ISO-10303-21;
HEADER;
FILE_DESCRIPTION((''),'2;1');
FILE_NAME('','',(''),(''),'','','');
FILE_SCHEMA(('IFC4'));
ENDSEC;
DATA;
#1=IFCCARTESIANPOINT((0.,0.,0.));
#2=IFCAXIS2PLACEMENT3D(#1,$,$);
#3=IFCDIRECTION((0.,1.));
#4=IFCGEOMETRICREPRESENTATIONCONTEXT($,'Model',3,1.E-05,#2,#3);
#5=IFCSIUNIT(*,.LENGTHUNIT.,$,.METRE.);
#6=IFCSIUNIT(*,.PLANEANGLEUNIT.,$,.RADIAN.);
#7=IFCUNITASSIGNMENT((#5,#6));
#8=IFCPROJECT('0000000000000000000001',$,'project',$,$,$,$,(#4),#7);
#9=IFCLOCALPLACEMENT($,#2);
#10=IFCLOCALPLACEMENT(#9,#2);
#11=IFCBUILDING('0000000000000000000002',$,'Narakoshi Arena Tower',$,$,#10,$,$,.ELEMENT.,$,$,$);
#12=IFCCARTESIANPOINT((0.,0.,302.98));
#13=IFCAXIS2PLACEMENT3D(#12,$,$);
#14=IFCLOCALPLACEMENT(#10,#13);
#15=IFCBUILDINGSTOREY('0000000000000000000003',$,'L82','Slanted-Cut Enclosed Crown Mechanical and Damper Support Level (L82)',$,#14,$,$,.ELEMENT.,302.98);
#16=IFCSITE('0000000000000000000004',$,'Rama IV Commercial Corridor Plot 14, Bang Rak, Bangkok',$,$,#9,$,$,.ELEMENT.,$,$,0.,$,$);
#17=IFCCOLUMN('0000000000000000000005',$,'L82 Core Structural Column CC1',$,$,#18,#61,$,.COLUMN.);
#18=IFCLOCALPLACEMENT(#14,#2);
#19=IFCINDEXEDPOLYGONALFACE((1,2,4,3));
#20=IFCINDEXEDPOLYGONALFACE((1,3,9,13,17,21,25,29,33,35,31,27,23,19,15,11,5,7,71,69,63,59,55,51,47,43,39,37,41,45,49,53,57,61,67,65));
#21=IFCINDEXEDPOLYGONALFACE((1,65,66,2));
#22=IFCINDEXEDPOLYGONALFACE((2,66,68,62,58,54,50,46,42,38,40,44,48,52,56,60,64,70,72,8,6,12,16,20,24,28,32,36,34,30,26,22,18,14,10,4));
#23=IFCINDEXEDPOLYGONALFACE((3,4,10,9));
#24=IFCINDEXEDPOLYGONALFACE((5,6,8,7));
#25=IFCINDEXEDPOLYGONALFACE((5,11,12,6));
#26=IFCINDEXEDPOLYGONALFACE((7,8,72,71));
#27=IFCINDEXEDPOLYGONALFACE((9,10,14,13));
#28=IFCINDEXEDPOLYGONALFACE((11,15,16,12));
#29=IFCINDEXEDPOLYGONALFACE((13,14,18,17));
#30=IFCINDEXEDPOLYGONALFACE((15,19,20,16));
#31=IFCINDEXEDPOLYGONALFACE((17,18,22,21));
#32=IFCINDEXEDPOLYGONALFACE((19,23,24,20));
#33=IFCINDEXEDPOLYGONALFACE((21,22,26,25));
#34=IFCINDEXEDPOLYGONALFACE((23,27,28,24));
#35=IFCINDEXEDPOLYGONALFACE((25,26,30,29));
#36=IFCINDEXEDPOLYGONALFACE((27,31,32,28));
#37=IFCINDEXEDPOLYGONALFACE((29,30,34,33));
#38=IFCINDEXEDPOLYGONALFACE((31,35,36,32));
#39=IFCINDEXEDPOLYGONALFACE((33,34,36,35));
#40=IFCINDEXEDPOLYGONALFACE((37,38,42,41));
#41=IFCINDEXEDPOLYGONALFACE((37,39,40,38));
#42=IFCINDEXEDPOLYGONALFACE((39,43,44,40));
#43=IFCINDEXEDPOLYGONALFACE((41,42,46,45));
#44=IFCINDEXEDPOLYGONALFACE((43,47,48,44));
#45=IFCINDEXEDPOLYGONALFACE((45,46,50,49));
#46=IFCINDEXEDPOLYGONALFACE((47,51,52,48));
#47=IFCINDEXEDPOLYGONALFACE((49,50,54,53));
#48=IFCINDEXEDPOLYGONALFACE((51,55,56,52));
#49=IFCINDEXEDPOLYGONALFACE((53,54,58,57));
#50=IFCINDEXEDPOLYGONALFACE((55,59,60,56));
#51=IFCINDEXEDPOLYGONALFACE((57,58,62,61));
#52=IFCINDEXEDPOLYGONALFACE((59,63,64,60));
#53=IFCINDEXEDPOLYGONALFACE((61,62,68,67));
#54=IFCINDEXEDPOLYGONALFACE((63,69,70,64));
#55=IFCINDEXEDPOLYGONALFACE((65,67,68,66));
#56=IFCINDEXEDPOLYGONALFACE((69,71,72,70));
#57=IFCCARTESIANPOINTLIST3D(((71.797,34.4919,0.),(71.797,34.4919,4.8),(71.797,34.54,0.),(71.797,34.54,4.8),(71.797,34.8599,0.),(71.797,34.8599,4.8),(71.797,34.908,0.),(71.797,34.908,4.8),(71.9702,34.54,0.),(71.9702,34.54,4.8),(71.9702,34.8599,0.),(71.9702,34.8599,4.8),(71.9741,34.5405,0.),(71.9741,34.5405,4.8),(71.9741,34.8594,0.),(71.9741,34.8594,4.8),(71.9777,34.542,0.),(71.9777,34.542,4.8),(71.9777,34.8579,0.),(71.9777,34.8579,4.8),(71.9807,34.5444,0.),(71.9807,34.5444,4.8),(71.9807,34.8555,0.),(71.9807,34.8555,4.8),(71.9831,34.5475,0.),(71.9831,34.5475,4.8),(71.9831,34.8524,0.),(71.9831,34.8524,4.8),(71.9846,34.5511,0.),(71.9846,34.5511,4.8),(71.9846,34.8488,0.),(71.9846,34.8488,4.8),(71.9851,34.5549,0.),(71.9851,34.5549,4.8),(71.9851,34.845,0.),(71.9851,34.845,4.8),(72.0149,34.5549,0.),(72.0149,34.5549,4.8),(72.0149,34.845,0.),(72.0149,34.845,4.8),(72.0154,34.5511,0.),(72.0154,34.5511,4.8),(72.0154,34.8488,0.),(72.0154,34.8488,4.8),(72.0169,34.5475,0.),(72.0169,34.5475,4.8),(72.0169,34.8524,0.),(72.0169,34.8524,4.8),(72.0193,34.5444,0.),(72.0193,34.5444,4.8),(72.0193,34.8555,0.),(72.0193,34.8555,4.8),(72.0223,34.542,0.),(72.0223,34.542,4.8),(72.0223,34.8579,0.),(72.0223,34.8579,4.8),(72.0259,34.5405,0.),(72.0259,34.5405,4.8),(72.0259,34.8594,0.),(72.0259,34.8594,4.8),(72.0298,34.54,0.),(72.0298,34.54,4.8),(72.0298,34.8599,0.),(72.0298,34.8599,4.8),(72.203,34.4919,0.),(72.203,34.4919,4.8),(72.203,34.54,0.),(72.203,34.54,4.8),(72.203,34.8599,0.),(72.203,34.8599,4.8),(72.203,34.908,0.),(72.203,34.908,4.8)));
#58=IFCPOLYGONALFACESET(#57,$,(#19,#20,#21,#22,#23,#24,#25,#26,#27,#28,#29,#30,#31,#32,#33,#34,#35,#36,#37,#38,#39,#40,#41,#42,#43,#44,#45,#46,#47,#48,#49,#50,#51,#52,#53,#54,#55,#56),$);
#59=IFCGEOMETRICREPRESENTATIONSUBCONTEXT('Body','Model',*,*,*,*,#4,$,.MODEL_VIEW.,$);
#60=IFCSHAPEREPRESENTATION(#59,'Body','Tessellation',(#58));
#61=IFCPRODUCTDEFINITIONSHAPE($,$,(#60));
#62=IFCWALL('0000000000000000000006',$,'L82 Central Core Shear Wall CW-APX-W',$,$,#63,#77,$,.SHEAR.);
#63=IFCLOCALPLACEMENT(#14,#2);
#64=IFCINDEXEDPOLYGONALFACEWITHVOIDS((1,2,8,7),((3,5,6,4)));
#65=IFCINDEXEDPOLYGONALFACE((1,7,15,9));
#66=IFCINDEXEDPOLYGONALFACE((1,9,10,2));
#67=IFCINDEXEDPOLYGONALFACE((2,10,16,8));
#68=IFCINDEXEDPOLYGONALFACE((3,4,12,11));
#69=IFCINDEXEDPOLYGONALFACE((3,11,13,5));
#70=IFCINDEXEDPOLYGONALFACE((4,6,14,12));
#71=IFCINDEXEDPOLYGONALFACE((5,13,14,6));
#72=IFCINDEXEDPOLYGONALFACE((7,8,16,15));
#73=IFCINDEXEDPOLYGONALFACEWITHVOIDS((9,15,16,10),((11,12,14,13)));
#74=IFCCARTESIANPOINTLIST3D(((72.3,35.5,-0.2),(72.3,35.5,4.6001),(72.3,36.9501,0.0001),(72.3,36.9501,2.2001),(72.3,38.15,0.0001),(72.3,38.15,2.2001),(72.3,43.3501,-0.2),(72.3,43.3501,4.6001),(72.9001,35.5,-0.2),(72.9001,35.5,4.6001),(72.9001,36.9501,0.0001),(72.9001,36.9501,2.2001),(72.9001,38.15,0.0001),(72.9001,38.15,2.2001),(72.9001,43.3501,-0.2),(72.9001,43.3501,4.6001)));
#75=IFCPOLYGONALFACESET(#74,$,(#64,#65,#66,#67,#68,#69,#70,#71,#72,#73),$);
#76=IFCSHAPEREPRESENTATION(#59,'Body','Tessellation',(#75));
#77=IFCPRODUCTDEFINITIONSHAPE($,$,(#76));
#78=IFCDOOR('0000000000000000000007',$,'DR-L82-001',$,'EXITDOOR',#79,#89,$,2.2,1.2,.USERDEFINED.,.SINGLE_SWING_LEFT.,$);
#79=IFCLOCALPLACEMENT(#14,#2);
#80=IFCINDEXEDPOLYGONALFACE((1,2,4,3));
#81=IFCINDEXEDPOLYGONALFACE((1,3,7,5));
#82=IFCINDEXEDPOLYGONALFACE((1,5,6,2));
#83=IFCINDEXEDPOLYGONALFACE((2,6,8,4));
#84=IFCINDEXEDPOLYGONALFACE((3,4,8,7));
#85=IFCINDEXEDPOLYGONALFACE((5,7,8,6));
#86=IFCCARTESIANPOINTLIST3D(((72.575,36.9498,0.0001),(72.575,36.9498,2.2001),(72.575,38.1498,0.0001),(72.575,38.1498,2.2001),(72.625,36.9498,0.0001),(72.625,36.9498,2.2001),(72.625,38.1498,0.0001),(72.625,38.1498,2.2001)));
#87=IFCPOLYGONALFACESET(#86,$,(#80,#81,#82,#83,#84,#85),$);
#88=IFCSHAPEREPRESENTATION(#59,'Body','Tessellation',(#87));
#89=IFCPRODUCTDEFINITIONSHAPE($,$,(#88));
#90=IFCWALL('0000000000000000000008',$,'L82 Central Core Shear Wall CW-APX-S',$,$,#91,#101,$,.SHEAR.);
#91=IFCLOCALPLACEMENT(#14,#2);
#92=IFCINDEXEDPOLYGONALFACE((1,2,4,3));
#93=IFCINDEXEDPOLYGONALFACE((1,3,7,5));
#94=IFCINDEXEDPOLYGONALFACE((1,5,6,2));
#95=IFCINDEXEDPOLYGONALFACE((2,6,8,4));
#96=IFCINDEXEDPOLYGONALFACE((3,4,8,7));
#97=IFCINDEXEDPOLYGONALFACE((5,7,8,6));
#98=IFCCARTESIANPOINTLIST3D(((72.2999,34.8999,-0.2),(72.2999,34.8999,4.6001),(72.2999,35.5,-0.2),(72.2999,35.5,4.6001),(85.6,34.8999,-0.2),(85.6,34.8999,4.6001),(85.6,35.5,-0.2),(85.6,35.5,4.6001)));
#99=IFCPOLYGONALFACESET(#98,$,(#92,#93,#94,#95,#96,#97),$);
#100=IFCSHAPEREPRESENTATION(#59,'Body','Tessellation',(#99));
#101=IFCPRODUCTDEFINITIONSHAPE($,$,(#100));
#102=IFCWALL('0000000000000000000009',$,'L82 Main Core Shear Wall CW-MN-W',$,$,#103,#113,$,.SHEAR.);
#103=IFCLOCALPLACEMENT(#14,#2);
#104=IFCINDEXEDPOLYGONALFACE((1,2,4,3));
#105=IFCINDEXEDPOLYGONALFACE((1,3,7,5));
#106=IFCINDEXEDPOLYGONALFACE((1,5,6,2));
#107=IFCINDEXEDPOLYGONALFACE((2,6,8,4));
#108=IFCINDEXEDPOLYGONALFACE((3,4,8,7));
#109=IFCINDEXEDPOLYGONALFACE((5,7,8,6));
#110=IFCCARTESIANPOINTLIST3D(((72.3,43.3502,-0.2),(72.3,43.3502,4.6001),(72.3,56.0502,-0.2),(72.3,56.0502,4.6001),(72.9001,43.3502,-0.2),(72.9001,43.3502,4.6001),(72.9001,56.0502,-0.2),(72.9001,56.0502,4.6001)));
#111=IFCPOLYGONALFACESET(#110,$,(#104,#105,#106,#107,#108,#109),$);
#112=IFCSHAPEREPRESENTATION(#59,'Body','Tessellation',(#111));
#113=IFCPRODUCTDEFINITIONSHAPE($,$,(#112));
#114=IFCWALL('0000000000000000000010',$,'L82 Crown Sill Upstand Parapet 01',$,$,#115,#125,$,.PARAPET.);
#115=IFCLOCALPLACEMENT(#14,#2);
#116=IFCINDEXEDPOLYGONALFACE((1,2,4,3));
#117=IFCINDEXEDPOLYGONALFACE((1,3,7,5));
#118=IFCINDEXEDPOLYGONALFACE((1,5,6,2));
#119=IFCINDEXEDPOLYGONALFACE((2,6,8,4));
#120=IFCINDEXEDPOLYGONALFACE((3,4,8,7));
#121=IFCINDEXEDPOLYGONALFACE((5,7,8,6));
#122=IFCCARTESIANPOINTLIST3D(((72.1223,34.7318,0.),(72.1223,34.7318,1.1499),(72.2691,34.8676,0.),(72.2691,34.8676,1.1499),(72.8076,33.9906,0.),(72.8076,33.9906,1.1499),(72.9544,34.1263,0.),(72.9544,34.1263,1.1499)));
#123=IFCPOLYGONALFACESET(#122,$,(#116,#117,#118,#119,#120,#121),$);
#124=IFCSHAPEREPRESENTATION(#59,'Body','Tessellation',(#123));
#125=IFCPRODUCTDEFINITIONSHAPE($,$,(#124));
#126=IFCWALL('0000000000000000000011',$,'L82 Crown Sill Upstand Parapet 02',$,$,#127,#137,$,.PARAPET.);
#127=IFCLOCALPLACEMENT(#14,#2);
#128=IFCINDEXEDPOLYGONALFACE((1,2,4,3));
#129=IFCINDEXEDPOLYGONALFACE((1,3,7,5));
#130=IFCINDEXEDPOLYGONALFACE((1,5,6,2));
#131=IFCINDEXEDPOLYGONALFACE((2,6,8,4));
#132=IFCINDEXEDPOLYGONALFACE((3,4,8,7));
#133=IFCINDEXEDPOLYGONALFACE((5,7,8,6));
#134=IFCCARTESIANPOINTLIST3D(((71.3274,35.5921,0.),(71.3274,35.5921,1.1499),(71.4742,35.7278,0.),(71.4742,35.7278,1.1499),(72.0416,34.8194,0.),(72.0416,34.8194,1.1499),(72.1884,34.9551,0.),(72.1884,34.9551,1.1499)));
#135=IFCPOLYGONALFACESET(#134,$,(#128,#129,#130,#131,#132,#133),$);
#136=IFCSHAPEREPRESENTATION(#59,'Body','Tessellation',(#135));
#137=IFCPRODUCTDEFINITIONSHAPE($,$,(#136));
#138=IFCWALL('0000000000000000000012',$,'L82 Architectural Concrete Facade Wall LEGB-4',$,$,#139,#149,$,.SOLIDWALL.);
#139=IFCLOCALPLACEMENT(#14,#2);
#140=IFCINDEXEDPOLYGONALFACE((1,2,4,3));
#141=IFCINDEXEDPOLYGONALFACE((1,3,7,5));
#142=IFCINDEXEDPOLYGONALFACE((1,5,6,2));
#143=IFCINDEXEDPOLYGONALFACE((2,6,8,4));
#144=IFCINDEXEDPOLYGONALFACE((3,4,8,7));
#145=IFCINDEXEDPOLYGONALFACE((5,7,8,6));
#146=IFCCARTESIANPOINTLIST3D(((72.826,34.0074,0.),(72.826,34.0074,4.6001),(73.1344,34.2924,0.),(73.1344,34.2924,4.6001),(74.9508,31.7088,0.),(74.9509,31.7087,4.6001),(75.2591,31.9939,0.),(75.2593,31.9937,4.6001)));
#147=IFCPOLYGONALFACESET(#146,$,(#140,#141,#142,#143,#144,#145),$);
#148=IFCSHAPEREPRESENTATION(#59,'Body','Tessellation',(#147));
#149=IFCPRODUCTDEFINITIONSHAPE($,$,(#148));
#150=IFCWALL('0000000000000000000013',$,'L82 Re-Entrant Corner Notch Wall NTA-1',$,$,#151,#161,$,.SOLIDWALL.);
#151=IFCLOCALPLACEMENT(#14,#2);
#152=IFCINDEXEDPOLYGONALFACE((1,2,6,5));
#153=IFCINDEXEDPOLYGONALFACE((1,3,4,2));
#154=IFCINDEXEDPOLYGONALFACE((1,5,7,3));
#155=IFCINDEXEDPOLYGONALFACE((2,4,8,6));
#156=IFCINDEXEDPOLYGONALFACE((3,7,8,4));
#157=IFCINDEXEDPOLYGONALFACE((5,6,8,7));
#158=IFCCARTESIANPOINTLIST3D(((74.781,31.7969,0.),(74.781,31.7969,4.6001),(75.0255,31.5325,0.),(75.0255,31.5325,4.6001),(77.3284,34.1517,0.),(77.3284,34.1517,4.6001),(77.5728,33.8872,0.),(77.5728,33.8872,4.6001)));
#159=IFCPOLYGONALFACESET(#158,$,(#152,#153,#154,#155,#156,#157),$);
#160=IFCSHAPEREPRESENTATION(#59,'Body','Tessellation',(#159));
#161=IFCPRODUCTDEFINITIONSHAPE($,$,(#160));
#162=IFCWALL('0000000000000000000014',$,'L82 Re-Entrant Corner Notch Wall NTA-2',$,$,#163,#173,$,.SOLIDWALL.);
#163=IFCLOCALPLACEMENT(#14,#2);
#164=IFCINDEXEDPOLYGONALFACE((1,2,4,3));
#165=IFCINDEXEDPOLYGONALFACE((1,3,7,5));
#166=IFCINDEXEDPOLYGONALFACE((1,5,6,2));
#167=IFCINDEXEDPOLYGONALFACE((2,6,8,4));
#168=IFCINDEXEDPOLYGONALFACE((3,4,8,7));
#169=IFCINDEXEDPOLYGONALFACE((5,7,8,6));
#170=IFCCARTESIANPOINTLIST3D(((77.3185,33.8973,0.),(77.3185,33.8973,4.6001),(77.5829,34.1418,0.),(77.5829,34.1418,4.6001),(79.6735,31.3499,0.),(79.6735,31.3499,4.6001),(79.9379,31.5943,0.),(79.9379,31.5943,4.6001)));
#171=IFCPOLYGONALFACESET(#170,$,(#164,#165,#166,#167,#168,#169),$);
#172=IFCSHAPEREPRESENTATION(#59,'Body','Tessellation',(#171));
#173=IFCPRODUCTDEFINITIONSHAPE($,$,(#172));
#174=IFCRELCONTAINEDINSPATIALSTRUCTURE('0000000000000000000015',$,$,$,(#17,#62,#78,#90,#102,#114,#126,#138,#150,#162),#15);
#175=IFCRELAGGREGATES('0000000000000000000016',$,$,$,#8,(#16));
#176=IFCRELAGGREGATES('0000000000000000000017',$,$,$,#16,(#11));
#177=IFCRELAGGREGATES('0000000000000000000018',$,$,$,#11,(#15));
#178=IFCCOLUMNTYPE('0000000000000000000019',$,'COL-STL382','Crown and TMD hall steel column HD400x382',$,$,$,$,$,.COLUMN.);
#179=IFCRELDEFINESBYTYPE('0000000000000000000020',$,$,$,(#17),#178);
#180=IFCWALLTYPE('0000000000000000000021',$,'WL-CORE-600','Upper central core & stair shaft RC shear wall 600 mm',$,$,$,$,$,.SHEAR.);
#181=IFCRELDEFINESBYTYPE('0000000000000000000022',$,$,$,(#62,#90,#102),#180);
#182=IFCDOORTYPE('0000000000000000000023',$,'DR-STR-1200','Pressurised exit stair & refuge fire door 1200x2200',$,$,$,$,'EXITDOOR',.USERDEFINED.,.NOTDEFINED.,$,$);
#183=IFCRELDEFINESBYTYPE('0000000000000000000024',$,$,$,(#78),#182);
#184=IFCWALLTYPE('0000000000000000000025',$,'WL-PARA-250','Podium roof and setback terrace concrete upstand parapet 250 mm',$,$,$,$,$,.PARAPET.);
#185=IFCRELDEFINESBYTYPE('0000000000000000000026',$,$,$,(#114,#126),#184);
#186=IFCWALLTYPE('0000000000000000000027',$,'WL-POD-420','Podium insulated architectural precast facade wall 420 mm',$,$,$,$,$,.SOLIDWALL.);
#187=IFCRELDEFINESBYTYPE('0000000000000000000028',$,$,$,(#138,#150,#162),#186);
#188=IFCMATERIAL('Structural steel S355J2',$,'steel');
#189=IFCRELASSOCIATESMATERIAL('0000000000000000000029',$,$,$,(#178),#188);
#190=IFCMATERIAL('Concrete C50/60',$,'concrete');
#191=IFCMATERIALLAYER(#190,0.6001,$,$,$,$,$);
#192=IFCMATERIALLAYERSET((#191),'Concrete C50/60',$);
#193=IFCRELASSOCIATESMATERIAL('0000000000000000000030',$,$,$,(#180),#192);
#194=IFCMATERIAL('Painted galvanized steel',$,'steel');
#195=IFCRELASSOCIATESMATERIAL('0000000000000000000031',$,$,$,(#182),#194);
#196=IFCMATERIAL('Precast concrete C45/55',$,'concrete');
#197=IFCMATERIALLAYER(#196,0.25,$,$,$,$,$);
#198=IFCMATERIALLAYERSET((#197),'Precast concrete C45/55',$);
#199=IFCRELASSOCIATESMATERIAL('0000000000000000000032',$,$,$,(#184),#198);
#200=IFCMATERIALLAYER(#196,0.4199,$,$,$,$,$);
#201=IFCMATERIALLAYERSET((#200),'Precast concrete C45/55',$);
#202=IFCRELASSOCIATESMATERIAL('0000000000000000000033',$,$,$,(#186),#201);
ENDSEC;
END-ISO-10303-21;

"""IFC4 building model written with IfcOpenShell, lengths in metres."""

from ifc_helpers import new_model, si_unit, direction, frame, frame_2d, origin, origin_2d, place, context, subcontext, project, spatial, polyline, rectangle, i_section, outline, extrude, material, layer, layer_set, material_profile, profile_set, type_object, element, fill, save


model = new_model("IFC4")

# Units and contexts
model_context = context("Model", 3, precision=1e-05, world=origin(), true_north=direction((0.0, 1.0)))
body_context = subcontext(model_context, "Body", "Model", "MODEL_VIEW")
ifc_project = project(units=[si_unit("LENGTHUNIT", "METRE"), si_unit("PLANEANGLEUNIT", "RADIAN")], contexts=[model_context])

# Site, building, storey
site_placement = place(None, origin())
site = spatial("IfcSite", under=ifc_project, at=site_placement, Name="Rama IV Commercial Corridor Plot 14, Bang Rak, Bangkok", CompositionType="ELEMENT", RefElevation=0.0)
building_placement = place(site_placement, origin())
building = spatial("IfcBuilding", under=site, at=building_placement, Name="Narakoshi Arena Tower", CompositionType="ELEMENT")
storey_placement = place(building_placement, frame((0.0, 0.0, 302.98)))
storey = spatial("IfcBuildingStorey", under=building, at=storey_placement, Name="L82", Description="Slanted-Cut Enclosed Crown Mechanical and Damper Support Level (L82)", CompositionType="ELEMENT", Elevation=302.98)

# Column
ifc_material_1 = material(Name="Structural steel S355J2", Category="steel")
ifc_material_profile = material_profile(ifc_material_1, i_section(OverallWidth=0.406, OverallDepth=0.416, WebThickness=0.0298, FlangeThickness=0.0481, FilletRadius=0.0149, at=origin_2d()), Name="HD400x382")
ifc_profile_set = profile_set([ifc_material_profile], Name="Structural steel S355J2")
column_type = type_object("IfcColumnType", Name="COL-STL382", Description="Crown and TMD hall steel column HD400x382", PredefinedType="COLUMN", material=ifc_profile_set)
column_placement = place(storey_placement, frame((72.0, 34.7, 0.0), z_axis=(0.0, 0.0, 1.0), x_axis=(1.0, 0.0, 0.0)))
element("IfcColumn", 1, at=column_placement, inside=storey, type_object=column_type, Name="L82 Core Structural Column CC1", PredefinedType="COLUMN", context=body_context, shape_type="SweptSolid", body=[
    extrude(i_section(OverallWidth=0.406, OverallDepth=0.416, WebThickness=0.0298, FlangeThickness=0.0481, FilletRadius=0.0149, at=origin_2d()), origin(), (0.0, 0.0, 1.0), 4.8),
])

# Wall, opening, door
ifc_material_2 = material(Name="Concrete C50/60", Category="concrete")
ifc_layer_1 = layer(ifc_material_2, 0.6001)
ifc_layer_set_1 = layer_set([ifc_layer_1], Name="Concrete C50/60")
wall_type_1 = type_object("IfcWallType", Name="WL-CORE-600", Description="Upper central core & stair shaft RC shear wall 600 mm", PredefinedType="SHEAR", material=ifc_layer_set_1)
wall_1_placement = place(storey_placement, frame((72.6001, 35.5, -0.2), z_axis=(0.0, 0.0, 1.0), x_axis=(0.0, 1.0, 0.0)))
wall_1 = element("IfcWall", 2, at=wall_1_placement, inside=storey, type_object=wall_type_1, Name="L82 Central Core Shear Wall CW-APX-W", PredefinedType="SHEAR", context=body_context, shape_type="SweptSolid", body=[
    extrude(rectangle(XDim=7.8501, YDim=0.6001, at=frame_2d((3.925, 0.0))), origin(), (0.0, 0.0, 1.0), 4.8),
])
opening_placement = place(wall_1_placement, frame((1.45, 0.0, 0.2)))
opening = element("IfcOpeningElement", 3, at=opening_placement, cuts=wall_1, PredefinedType="OPENING", context=body_context, shape_type="SweptSolid", body=[
    extrude(rectangle(XDim=1.2, YDim=2.2, at=frame_2d((0.6001, 1.1001))), frame((0.0, 0.3101, 0.0), z_axis=(0.0, -1.0, 0.0), x_axis=(1.0, 0.0, 0.0)), (0.0, 0.0, 1.0), 0.6201),
])
ifc_material_3 = material(Name="Painted galvanized steel", Category="steel")
door_type = type_object("IfcDoorType", Name="DR-STR-1200", Description="Pressurised exit stair & refuge fire door 1200x2200", ElementType="EXITDOOR", OperationType="NOTDEFINED", PredefinedType="USERDEFINED", material=ifc_material_3)
door_placement = place(opening_placement, frame((1.2, 0.0, 0.0), z_axis=(0.0, 0.0, 1.0), x_axis=(-1.0, 0.0, 0.0)))
door = element("IfcDoor", 4, at=door_placement, inside=storey, type_object=door_type, Name="DR-L82-001", ObjectType="EXITDOOR", OperationType="SINGLE_SWING_LEFT", OverallHeight=2.2, OverallWidth=1.2, PredefinedType="USERDEFINED", context=body_context, shape_type="SweptSolid", body=[
    extrude(rectangle(XDim=1.2, YDim=2.2, at=frame_2d((0.6001, 1.1001))), frame((0.0, 0.0249, 0.0), z_axis=(0.0, -1.0, 0.0), x_axis=(1.0, 0.0, 0.0)), (0.0, 0.0, 1.0), 0.05),
])
fill(opening, door)

# Walls
wall_2_placement = place(storey_placement, frame((72.3, 35.2, -0.2), z_axis=(0.0, 0.0, 1.0), x_axis=(1.0, 0.0, 0.0)))
element("IfcWall", 5, at=wall_2_placement, inside=storey, type_object=wall_type_1, Name="L82 Central Core Shear Wall CW-APX-S", PredefinedType="SHEAR", context=body_context, shape_type="SweptSolid", body=[
    extrude(rectangle(XDim=13.3, YDim=0.6001, at=frame_2d((6.6499, 0.0))), origin(), (0.0, 0.0, 1.0), 4.8),
])
wall_3_placement = place(storey_placement, frame((72.6001, 43.3501, -0.2), z_axis=(0.0, 0.0, 1.0), x_axis=(0.0, 1.0, 0.0)))
element("IfcWall", 6, at=wall_3_placement, inside=storey, type_object=wall_type_1, Name="L82 Main Core Shear Wall CW-MN-W", PredefinedType="SHEAR", context=body_context, shape_type="SweptSolid", body=[
    extrude(rectangle(XDim=12.7, YDim=0.6001, at=frame_2d((6.3501, 0.0))), origin(), (0.0, 0.0, 1.0), 4.8),
])
ifc_material_4 = material(Name="Precast concrete C45/55", Category="concrete")
ifc_layer_2 = layer(ifc_material_4, 0.25)
ifc_layer_set_2 = layer_set([ifc_layer_2], Name="Precast concrete C45/55")
wall_type_2 = type_object("IfcWallType", Name="WL-PARA-250", Description="Podium roof and setback terrace concrete upstand parapet 250 mm", PredefinedType="PARAPET", material=ifc_layer_set_2)
wall_4_placement = place(storey_placement, frame((72.8811, 34.0583, 0.0), z_axis=(0.0, 0.0, 1.0), x_axis=(-0.678873, 0.734256, 0.0)))
element("IfcWall", 7, at=wall_4_placement, inside=storey, type_object=wall_type_2, Name="L82 Crown Sill Upstand Parapet 01", PredefinedType="PARAPET", context=body_context, shape_type="SweptSolid", body=[
    extrude(rectangle(XDim=1.0095, YDim=0.2, at=frame_2d((0.5049, 0.0))), origin(), (0.0, 0.0, 1.0), 1.1499),
])
wall_5_placement = place(storey_placement, frame((72.115, 34.8872, 0.0), z_axis=(0.0, 0.0, 1.0), x_axis=(-0.678714, 0.734403, 0.0)))
element("IfcWall", 8, at=wall_5_placement, inside=storey, type_object=wall_type_2, Name="L82 Crown Sill Upstand Parapet 02", PredefinedType="PARAPET", context=body_context, shape_type="SweptSolid", body=[
    extrude(rectangle(XDim=1.0522, YDim=0.2, at=frame_2d((0.5261, 0.0))), origin(), (0.0, 0.0, 1.0), 1.1499),
])
ifc_layer_3 = layer(ifc_material_4, 0.4199)
ifc_layer_set_3 = layer_set([ifc_layer_3], Name="Precast concrete C45/55")
wall_type_3 = type_object("IfcWallType", Name="WL-POD-420", Description="Podium insulated architectural precast facade wall 420 mm", PredefinedType="SOLIDWALL", material=ifc_layer_set_3)
wall_6_placement = place(storey_placement, frame((72.9802, 34.1499, 0.0), z_axis=(0.0, 0.0, 1.0), x_axis=(0.678795, -0.734328, 0.0)))
element("IfcWall", 9, at=wall_6_placement, inside=storey, type_object=wall_type_3, Name="L82 Architectural Concrete Facade Wall LEGB-4", PredefinedType="SOLIDWALL", context=body_context, shape_type="SweptSolid", body=[
    extrude(outline(polyline([(0.0, 0.0), (3.1301, 0.0), (3.1304, 4.6001), (0.0, 4.6001), (0.0, 0.0)])), frame((0.0, 0.21, 0.0), z_axis=(0.0, -1.0, 0.0), x_axis=(1.0, 0.0, 0.0)), (0.0, 0.0, 1.0), 0.4199),
])
wall_7_placement = place(storey_placement, frame((74.9033, 31.6648, 0.0), z_axis=(0.0, 0.0, 1.0), x_axis=(0.734326, 0.678797, 0.0)))
element("IfcWall", 10, at=wall_7_placement, inside=storey, type_object=wall_type_3, Name="L82 Re-Entrant Corner Notch Wall NTA-1", PredefinedType="SOLIDWALL", context=body_context, shape_type="SweptSolid", body=[
    extrude(rectangle(XDim=3.469, YDim=0.3601, at=frame_2d((1.7344, 0.0))), origin(), (0.0, 0.0, 1.0), 4.6001),
])
wall_8_placement = place(storey_placement, frame((77.4507, 34.0195, 0.0), z_axis=(0.0, 0.0, 1.0), x_axis=(0.678835, -0.734291, 0.0)))
element("IfcWall", 11, at=wall_8_placement, inside=storey, type_object=wall_type_3, Name="L82 Re-Entrant Corner Notch Wall NTA-2", PredefinedType="SOLIDWALL", context=body_context, shape_type="SweptSolid", body=[
    extrude(rectangle(XDim=3.4692, YDim=0.3601, at=frame_2d((1.7346, 0.0))), origin(), (0.0, 0.0, 1.0), 4.6001),
])

save(model, "model.ifc")
